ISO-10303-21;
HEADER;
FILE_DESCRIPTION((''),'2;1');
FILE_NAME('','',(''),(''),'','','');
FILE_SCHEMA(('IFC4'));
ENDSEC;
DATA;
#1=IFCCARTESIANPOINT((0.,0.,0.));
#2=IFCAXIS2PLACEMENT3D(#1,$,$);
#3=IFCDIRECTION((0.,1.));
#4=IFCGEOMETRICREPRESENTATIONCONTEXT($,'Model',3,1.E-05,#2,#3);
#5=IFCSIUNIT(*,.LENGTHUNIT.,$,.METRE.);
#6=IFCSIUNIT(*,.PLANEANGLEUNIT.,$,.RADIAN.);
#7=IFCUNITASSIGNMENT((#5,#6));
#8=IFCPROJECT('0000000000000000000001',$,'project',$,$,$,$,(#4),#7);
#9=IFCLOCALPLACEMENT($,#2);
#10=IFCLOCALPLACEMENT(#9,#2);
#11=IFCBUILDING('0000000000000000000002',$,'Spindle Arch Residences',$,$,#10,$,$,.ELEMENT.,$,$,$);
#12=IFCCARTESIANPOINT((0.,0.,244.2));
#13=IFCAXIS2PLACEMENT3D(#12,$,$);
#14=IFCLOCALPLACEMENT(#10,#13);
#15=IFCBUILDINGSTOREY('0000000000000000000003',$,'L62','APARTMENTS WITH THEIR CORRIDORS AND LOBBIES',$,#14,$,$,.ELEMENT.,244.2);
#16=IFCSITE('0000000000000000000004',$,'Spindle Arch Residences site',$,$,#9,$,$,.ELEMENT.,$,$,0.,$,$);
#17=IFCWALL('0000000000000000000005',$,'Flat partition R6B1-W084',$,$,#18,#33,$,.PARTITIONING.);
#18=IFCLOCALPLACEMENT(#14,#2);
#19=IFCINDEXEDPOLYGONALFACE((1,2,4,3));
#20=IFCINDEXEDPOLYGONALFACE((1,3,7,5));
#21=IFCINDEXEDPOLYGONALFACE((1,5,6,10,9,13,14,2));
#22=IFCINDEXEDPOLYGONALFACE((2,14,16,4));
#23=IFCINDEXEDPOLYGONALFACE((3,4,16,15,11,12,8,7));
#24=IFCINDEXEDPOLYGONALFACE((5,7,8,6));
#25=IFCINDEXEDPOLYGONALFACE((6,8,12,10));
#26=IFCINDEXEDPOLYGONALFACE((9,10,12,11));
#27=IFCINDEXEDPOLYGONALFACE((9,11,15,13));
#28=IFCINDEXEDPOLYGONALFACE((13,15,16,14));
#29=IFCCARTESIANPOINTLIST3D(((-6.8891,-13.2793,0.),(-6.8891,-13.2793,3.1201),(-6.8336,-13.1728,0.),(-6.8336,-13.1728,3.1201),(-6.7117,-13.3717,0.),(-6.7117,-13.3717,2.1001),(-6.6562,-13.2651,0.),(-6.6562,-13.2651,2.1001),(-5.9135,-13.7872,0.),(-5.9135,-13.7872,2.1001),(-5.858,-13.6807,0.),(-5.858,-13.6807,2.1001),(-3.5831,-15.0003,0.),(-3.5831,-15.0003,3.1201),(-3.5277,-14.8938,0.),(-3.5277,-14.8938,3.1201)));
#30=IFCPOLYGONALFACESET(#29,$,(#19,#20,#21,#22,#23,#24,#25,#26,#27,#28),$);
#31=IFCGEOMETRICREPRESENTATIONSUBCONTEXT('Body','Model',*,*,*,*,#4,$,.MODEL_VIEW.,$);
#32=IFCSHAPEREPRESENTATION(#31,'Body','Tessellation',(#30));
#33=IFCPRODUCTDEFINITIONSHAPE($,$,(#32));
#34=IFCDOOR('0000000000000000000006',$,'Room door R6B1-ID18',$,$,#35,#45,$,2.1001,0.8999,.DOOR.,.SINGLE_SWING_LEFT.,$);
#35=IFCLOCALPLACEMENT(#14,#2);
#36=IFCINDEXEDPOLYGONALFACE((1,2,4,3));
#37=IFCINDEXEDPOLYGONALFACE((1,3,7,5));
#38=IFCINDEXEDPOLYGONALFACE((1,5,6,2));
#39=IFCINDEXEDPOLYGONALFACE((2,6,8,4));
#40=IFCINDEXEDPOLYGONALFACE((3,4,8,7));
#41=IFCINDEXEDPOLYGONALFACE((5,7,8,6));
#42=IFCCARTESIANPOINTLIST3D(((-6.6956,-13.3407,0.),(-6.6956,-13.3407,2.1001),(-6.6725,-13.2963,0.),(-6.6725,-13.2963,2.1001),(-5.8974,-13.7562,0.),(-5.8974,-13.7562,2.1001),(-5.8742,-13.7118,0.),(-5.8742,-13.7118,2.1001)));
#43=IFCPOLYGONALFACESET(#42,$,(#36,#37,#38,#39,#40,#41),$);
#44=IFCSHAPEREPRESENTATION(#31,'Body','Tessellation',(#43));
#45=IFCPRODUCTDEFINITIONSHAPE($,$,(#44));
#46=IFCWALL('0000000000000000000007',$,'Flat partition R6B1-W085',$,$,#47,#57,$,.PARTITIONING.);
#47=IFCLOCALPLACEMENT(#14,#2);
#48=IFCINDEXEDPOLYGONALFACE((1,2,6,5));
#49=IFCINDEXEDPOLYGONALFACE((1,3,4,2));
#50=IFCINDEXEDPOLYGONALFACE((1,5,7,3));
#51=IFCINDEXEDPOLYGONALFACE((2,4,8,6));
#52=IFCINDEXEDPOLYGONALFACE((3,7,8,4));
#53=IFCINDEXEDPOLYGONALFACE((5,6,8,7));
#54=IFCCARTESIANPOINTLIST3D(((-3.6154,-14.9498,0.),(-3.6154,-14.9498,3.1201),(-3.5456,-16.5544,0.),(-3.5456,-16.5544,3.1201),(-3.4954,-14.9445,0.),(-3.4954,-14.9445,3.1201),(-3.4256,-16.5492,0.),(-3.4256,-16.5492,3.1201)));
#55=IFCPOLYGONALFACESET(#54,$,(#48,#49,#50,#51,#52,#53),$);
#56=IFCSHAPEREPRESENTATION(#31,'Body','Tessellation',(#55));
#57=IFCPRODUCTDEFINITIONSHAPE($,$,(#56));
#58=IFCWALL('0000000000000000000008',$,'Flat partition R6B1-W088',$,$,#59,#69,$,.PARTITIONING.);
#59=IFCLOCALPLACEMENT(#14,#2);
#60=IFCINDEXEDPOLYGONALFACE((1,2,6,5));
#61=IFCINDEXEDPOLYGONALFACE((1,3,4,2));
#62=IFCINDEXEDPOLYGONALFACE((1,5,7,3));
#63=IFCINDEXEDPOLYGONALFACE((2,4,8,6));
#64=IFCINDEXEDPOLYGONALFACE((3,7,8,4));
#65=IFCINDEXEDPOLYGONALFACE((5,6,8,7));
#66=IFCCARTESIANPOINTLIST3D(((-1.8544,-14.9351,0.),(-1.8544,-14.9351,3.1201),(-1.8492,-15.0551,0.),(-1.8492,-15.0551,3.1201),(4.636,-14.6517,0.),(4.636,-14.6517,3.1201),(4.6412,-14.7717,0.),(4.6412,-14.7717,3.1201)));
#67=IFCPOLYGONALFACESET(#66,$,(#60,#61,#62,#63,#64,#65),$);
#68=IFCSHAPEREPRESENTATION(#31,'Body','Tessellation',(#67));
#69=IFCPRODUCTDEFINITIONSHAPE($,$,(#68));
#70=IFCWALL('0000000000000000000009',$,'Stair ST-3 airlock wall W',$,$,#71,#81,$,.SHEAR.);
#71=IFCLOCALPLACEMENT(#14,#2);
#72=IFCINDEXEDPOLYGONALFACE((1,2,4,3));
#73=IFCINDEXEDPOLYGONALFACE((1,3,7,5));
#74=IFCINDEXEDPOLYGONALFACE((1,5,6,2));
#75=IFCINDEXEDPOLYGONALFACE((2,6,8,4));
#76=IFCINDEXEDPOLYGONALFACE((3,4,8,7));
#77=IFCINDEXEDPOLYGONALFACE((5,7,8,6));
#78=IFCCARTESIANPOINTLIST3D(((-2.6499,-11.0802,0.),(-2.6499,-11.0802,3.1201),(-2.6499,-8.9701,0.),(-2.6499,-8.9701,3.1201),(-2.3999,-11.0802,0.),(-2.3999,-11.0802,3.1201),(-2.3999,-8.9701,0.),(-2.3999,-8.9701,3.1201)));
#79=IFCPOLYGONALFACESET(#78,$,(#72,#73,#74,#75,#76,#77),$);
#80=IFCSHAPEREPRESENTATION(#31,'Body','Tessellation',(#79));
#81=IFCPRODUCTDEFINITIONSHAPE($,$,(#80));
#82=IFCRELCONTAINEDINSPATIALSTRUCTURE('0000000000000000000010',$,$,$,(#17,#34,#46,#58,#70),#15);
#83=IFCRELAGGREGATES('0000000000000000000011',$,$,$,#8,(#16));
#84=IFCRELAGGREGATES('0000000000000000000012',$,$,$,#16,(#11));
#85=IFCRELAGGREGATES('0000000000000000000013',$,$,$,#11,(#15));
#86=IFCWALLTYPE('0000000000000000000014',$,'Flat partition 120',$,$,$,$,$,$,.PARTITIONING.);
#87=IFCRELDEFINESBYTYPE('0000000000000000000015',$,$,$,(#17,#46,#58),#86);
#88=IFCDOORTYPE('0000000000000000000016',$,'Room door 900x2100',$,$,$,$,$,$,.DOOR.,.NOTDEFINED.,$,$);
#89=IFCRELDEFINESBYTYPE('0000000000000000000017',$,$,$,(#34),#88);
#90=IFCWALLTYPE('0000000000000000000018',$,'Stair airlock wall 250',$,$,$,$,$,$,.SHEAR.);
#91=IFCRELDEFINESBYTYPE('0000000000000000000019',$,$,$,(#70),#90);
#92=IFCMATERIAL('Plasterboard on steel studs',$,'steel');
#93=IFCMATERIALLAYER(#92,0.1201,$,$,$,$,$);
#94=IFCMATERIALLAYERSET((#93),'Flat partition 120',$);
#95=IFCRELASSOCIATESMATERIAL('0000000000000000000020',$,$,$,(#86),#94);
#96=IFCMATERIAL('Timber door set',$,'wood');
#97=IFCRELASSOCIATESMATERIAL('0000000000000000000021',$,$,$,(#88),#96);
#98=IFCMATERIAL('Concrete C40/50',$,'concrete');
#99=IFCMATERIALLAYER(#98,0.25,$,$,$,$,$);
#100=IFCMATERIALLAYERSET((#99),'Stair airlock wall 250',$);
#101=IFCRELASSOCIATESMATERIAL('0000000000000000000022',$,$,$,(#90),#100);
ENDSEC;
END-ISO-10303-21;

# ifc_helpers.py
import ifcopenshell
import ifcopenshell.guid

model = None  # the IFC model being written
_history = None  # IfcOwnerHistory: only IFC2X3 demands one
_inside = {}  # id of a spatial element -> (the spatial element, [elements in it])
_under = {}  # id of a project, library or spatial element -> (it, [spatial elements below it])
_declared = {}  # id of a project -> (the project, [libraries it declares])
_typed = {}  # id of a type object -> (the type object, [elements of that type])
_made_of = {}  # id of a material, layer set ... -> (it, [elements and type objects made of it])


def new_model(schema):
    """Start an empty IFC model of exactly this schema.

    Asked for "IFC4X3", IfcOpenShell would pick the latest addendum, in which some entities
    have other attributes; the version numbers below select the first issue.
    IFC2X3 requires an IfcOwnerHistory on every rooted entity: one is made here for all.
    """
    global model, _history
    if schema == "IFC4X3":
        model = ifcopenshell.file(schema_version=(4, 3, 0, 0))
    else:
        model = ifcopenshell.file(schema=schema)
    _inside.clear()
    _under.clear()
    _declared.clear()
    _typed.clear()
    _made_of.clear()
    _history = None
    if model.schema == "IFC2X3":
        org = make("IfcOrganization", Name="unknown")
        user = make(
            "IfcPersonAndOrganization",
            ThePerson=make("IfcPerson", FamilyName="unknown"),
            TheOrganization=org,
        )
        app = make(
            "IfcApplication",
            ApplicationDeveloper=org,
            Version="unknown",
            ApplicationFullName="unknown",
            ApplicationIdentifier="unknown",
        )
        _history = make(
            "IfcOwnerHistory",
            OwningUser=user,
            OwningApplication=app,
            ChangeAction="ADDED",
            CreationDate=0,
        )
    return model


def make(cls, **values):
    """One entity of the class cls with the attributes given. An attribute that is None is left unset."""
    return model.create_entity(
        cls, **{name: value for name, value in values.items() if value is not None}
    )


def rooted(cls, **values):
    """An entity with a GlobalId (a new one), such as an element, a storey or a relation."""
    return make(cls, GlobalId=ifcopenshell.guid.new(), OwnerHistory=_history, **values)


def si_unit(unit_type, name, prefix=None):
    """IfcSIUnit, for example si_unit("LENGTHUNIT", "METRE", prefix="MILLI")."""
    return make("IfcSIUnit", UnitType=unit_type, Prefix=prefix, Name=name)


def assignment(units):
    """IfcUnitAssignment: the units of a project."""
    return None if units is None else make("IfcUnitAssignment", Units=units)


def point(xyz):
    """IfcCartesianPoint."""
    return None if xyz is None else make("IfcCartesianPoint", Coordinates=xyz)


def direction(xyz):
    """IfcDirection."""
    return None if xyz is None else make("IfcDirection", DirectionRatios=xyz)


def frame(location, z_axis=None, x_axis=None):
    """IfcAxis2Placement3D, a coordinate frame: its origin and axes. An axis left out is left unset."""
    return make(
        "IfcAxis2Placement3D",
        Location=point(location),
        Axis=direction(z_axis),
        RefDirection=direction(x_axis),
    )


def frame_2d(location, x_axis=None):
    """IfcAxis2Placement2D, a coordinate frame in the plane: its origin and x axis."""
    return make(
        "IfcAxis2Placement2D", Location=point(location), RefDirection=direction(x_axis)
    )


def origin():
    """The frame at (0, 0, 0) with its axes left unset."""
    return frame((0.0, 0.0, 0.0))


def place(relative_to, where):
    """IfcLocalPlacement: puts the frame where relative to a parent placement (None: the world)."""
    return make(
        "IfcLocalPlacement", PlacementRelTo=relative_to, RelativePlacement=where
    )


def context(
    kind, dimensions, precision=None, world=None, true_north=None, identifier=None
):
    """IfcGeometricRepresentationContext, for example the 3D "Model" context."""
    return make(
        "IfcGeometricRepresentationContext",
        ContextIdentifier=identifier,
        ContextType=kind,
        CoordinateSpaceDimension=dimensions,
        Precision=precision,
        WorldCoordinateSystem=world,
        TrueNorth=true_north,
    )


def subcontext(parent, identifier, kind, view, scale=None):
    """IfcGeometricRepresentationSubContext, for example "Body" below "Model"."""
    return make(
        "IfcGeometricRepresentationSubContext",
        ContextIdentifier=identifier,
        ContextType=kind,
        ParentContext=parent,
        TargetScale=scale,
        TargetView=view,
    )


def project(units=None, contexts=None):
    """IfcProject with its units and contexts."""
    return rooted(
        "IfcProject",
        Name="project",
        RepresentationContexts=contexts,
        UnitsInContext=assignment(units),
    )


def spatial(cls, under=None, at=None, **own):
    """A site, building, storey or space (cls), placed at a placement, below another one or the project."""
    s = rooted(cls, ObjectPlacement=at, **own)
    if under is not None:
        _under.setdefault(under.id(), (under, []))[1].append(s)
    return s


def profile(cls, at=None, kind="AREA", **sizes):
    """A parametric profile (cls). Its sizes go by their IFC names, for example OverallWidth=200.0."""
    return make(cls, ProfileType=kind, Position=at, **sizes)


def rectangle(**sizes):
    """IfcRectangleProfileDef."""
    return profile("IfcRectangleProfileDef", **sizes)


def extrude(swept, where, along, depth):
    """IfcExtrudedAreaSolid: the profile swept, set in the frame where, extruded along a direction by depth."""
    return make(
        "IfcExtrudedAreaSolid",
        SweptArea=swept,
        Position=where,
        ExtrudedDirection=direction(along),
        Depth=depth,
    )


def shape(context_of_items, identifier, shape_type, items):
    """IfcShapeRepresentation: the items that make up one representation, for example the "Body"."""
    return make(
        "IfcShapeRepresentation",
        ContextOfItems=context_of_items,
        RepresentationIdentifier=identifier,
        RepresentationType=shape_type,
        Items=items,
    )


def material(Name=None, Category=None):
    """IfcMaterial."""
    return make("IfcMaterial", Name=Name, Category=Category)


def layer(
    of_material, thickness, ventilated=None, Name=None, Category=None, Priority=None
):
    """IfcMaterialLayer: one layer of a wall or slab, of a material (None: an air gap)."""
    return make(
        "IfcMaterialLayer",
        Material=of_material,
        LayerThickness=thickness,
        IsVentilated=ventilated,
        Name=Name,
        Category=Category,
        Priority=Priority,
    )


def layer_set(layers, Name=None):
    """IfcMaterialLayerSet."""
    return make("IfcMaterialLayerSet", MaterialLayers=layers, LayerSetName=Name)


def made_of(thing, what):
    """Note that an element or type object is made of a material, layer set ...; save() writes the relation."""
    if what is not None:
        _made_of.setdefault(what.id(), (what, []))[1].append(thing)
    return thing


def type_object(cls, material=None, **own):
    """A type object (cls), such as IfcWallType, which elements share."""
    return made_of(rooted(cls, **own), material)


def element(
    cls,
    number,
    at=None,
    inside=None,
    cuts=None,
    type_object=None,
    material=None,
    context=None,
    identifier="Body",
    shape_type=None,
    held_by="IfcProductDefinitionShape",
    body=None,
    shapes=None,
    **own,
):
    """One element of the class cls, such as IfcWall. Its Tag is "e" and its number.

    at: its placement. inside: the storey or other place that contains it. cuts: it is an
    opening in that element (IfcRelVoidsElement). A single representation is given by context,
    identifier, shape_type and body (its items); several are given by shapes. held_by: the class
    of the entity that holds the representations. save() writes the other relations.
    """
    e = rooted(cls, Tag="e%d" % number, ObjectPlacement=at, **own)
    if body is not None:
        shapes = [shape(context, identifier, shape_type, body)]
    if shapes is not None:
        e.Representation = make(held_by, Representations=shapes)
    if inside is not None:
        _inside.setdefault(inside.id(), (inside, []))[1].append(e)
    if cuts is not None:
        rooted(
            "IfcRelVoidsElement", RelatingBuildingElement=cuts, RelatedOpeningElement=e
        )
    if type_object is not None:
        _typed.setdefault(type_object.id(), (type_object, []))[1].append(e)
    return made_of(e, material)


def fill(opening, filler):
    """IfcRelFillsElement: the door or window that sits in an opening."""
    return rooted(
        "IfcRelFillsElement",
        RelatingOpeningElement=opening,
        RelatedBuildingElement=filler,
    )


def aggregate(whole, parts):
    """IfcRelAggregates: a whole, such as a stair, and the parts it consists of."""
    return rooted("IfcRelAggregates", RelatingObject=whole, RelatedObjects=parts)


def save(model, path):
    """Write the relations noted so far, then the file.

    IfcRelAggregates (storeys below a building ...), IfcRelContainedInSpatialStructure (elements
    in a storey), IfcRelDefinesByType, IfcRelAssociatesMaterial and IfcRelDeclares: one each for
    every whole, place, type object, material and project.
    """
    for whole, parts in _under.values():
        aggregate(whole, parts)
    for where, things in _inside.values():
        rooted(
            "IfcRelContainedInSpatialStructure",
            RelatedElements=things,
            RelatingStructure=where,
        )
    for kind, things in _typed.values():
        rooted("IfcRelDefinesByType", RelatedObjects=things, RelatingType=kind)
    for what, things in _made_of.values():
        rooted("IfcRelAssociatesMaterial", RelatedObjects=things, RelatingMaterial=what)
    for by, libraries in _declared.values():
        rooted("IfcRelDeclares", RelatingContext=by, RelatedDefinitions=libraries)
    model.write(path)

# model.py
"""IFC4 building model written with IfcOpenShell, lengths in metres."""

from ifc_helpers import new_model, si_unit, direction, frame, frame_2d, origin, place, context, subcontext, project, spatial, rectangle, extrude, material, layer, layer_set, type_object, element, fill, save


model = new_model("IFC4")

# Units and contexts
model_context = context("Model", 3, precision=1e-05, world=origin(), true_north=direction((0.0, 1.0)))
body_context = subcontext(model_context, "Body", "Model", "MODEL_VIEW")
ifc_project = project(units=[si_unit("LENGTHUNIT", "METRE"), si_unit("PLANEANGLEUNIT", "RADIAN")], contexts=[model_context])

# Site, building, storey
site_placement = place(None, origin())
site = spatial("IfcSite", under=ifc_project, at=site_placement, Name="Spindle Arch Residences site", CompositionType="ELEMENT", RefElevation=0.0)
building_placement = place(site_placement, origin())
building = spatial("IfcBuilding", under=site, at=building_placement, Name="Spindle Arch Residences", CompositionType="ELEMENT")
storey_placement = place(building_placement, frame((0.0, 0.0, 244.2)))
storey = spatial("IfcBuildingStorey", under=building, at=storey_placement, Name="L62", Description="APARTMENTS WITH THEIR CORRIDORS AND LOBBIES", CompositionType="ELEMENT", Elevation=244.2)

# Shared definitions
ifc_material_1 = material(Name="Plasterboard on steel studs", Category="steel")
ifc_layer_1 = layer(ifc_material_1, 0.1201)
ifc_layer_set_1 = layer_set([ifc_layer_1], Name="Flat partition 120")
wall_type_1 = type_object("IfcWallType", Name="Flat partition 120", PredefinedType="PARTITIONING", material=ifc_layer_set_1)

# Wall, opening, door
ifc_material_2 = material(Name="Timber door set", Category="wood")
door_type_1 = type_object("IfcDoorType", Name="Room door 900x2100", OperationType="NOTDEFINED", PredefinedType="DOOR", material=ifc_material_2)
wall_1_placement = place(storey_placement, frame((-6.8613, -13.2261, 0.0), z_axis=(0.0, 0.0, 1.0), x_axis=(0.887011, -0.461749, 0.0)))
wall_1 = element("IfcWall", 1, at=wall_1_placement, inside=storey, type_object=wall_type_1, Name="Flat partition R6B1-W084", PredefinedType="PARTITIONING", context=body_context, shape_type="SweptSolid", body=[
    extrude(rectangle(XDim=3.7271, YDim=0.1201, at=frame_2d((1.8635, 0.0))), origin(), (0.0, 0.0, 1.0), 3.1201),
])
opening_1_placement = place(wall_1_placement, frame((0.2, 0.0, 0.0)))
opening_1 = element("IfcOpeningElement", 2, at=opening_1_placement, cuts=wall_1, PredefinedType="OPENING", context=body_context, shape_type="SweptSolid", body=[
    extrude(rectangle(XDim=0.8999, YDim=2.1001, at=frame_2d((0.45, 1.05))), frame((0.0, 0.0701, 0.0), z_axis=(0.0, -1.0, 0.0), x_axis=(1.0, 0.0, 0.0)), (0.0, 0.0, 1.0), 0.1401),
])
door_1_placement = place(opening_1_placement, origin())
door_1 = element("IfcDoor", 3, at=door_1_placement, inside=storey, type_object=door_type_1, Name="Room door R6B1-ID18", OperationType="SINGLE_SWING_LEFT", OverallHeight=2.1001, OverallWidth=0.8999, PredefinedType="DOOR", context=body_context, shape_type="SweptSolid", body=[
    extrude(rectangle(XDim=0.8999, YDim=2.1001, at=frame_2d((0.45, 1.05))), frame((0.0, 0.0249, 0.0), z_axis=(0.0, -1.0, 0.0), x_axis=(1.0, 0.0, 0.0)), (0.0, 0.0, 1.0), 0.05),
])
fill(opening_1, door_1)

# Walls
wall_2_placement = place(storey_placement, frame((-3.5554, -14.947, 0.0), z_axis=(0.0, 0.0, 1.0), x_axis=(0.04347, -0.999055, 0.0)))
element("IfcWall", 4, at=wall_2_placement, inside=storey, type_object=wall_type_1, Name="Flat partition R6B1-W085", PredefinedType="PARTITIONING", context=body_context, shape_type="SweptSolid", body=[
    extrude(rectangle(XDim=1.6062, YDim=0.1201, at=frame_2d((0.8032, 0.0))), origin(), (0.0, 0.0, 1.0), 3.1201),
])
wall_3_placement = place(storey_placement, frame((-1.8518, -14.9951, 0.0), z_axis=(0.0, 0.0, 1.0), x_axis=(0.999048, 0.04363, 0.0)))
element("IfcWall", 5, at=wall_3_placement, inside=storey, type_object=wall_type_1, Name="Flat partition R6B1-W088", PredefinedType="PARTITIONING", context=body_context, shape_type="SweptSolid", body=[
    extrude(rectangle(XDim=6.4966, YDim=0.1201, at=frame_2d((3.2483, 0.0))), origin(), (0.0, 0.0, 1.0), 3.1201),
])
ifc_material_3 = material(Name="Concrete C40/50", Category="concrete")
ifc_layer_2 = layer(ifc_material_3, 0.25)
ifc_layer_set_2 = layer_set([ifc_layer_2], Name="Stair airlock wall 250")
wall_type_2 = type_object("IfcWallType", Name="Stair airlock wall 250", PredefinedType="SHEAR", material=ifc_layer_set_2)
wall_4_placement = place(storey_placement, frame((-2.5249, -8.97, 0.0), z_axis=(0.0, 0.0, 1.0), x_axis=(0.0, -1.0, 0.0)))
element("IfcWall", 6, at=wall_4_placement, inside=storey, type_object=wall_type_2, Name="Stair ST-3 airlock wall W", PredefinedType="SHEAR", context=body_context, shape_type="SweptSolid", body=[
    extrude(rectangle(XDim=2.1101, YDim=0.25, at=frame_2d((1.0552, 0.0))), origin(), (0.0, 0.0, 1.0), 3.1201),
])

save(model, "model.ifc")
